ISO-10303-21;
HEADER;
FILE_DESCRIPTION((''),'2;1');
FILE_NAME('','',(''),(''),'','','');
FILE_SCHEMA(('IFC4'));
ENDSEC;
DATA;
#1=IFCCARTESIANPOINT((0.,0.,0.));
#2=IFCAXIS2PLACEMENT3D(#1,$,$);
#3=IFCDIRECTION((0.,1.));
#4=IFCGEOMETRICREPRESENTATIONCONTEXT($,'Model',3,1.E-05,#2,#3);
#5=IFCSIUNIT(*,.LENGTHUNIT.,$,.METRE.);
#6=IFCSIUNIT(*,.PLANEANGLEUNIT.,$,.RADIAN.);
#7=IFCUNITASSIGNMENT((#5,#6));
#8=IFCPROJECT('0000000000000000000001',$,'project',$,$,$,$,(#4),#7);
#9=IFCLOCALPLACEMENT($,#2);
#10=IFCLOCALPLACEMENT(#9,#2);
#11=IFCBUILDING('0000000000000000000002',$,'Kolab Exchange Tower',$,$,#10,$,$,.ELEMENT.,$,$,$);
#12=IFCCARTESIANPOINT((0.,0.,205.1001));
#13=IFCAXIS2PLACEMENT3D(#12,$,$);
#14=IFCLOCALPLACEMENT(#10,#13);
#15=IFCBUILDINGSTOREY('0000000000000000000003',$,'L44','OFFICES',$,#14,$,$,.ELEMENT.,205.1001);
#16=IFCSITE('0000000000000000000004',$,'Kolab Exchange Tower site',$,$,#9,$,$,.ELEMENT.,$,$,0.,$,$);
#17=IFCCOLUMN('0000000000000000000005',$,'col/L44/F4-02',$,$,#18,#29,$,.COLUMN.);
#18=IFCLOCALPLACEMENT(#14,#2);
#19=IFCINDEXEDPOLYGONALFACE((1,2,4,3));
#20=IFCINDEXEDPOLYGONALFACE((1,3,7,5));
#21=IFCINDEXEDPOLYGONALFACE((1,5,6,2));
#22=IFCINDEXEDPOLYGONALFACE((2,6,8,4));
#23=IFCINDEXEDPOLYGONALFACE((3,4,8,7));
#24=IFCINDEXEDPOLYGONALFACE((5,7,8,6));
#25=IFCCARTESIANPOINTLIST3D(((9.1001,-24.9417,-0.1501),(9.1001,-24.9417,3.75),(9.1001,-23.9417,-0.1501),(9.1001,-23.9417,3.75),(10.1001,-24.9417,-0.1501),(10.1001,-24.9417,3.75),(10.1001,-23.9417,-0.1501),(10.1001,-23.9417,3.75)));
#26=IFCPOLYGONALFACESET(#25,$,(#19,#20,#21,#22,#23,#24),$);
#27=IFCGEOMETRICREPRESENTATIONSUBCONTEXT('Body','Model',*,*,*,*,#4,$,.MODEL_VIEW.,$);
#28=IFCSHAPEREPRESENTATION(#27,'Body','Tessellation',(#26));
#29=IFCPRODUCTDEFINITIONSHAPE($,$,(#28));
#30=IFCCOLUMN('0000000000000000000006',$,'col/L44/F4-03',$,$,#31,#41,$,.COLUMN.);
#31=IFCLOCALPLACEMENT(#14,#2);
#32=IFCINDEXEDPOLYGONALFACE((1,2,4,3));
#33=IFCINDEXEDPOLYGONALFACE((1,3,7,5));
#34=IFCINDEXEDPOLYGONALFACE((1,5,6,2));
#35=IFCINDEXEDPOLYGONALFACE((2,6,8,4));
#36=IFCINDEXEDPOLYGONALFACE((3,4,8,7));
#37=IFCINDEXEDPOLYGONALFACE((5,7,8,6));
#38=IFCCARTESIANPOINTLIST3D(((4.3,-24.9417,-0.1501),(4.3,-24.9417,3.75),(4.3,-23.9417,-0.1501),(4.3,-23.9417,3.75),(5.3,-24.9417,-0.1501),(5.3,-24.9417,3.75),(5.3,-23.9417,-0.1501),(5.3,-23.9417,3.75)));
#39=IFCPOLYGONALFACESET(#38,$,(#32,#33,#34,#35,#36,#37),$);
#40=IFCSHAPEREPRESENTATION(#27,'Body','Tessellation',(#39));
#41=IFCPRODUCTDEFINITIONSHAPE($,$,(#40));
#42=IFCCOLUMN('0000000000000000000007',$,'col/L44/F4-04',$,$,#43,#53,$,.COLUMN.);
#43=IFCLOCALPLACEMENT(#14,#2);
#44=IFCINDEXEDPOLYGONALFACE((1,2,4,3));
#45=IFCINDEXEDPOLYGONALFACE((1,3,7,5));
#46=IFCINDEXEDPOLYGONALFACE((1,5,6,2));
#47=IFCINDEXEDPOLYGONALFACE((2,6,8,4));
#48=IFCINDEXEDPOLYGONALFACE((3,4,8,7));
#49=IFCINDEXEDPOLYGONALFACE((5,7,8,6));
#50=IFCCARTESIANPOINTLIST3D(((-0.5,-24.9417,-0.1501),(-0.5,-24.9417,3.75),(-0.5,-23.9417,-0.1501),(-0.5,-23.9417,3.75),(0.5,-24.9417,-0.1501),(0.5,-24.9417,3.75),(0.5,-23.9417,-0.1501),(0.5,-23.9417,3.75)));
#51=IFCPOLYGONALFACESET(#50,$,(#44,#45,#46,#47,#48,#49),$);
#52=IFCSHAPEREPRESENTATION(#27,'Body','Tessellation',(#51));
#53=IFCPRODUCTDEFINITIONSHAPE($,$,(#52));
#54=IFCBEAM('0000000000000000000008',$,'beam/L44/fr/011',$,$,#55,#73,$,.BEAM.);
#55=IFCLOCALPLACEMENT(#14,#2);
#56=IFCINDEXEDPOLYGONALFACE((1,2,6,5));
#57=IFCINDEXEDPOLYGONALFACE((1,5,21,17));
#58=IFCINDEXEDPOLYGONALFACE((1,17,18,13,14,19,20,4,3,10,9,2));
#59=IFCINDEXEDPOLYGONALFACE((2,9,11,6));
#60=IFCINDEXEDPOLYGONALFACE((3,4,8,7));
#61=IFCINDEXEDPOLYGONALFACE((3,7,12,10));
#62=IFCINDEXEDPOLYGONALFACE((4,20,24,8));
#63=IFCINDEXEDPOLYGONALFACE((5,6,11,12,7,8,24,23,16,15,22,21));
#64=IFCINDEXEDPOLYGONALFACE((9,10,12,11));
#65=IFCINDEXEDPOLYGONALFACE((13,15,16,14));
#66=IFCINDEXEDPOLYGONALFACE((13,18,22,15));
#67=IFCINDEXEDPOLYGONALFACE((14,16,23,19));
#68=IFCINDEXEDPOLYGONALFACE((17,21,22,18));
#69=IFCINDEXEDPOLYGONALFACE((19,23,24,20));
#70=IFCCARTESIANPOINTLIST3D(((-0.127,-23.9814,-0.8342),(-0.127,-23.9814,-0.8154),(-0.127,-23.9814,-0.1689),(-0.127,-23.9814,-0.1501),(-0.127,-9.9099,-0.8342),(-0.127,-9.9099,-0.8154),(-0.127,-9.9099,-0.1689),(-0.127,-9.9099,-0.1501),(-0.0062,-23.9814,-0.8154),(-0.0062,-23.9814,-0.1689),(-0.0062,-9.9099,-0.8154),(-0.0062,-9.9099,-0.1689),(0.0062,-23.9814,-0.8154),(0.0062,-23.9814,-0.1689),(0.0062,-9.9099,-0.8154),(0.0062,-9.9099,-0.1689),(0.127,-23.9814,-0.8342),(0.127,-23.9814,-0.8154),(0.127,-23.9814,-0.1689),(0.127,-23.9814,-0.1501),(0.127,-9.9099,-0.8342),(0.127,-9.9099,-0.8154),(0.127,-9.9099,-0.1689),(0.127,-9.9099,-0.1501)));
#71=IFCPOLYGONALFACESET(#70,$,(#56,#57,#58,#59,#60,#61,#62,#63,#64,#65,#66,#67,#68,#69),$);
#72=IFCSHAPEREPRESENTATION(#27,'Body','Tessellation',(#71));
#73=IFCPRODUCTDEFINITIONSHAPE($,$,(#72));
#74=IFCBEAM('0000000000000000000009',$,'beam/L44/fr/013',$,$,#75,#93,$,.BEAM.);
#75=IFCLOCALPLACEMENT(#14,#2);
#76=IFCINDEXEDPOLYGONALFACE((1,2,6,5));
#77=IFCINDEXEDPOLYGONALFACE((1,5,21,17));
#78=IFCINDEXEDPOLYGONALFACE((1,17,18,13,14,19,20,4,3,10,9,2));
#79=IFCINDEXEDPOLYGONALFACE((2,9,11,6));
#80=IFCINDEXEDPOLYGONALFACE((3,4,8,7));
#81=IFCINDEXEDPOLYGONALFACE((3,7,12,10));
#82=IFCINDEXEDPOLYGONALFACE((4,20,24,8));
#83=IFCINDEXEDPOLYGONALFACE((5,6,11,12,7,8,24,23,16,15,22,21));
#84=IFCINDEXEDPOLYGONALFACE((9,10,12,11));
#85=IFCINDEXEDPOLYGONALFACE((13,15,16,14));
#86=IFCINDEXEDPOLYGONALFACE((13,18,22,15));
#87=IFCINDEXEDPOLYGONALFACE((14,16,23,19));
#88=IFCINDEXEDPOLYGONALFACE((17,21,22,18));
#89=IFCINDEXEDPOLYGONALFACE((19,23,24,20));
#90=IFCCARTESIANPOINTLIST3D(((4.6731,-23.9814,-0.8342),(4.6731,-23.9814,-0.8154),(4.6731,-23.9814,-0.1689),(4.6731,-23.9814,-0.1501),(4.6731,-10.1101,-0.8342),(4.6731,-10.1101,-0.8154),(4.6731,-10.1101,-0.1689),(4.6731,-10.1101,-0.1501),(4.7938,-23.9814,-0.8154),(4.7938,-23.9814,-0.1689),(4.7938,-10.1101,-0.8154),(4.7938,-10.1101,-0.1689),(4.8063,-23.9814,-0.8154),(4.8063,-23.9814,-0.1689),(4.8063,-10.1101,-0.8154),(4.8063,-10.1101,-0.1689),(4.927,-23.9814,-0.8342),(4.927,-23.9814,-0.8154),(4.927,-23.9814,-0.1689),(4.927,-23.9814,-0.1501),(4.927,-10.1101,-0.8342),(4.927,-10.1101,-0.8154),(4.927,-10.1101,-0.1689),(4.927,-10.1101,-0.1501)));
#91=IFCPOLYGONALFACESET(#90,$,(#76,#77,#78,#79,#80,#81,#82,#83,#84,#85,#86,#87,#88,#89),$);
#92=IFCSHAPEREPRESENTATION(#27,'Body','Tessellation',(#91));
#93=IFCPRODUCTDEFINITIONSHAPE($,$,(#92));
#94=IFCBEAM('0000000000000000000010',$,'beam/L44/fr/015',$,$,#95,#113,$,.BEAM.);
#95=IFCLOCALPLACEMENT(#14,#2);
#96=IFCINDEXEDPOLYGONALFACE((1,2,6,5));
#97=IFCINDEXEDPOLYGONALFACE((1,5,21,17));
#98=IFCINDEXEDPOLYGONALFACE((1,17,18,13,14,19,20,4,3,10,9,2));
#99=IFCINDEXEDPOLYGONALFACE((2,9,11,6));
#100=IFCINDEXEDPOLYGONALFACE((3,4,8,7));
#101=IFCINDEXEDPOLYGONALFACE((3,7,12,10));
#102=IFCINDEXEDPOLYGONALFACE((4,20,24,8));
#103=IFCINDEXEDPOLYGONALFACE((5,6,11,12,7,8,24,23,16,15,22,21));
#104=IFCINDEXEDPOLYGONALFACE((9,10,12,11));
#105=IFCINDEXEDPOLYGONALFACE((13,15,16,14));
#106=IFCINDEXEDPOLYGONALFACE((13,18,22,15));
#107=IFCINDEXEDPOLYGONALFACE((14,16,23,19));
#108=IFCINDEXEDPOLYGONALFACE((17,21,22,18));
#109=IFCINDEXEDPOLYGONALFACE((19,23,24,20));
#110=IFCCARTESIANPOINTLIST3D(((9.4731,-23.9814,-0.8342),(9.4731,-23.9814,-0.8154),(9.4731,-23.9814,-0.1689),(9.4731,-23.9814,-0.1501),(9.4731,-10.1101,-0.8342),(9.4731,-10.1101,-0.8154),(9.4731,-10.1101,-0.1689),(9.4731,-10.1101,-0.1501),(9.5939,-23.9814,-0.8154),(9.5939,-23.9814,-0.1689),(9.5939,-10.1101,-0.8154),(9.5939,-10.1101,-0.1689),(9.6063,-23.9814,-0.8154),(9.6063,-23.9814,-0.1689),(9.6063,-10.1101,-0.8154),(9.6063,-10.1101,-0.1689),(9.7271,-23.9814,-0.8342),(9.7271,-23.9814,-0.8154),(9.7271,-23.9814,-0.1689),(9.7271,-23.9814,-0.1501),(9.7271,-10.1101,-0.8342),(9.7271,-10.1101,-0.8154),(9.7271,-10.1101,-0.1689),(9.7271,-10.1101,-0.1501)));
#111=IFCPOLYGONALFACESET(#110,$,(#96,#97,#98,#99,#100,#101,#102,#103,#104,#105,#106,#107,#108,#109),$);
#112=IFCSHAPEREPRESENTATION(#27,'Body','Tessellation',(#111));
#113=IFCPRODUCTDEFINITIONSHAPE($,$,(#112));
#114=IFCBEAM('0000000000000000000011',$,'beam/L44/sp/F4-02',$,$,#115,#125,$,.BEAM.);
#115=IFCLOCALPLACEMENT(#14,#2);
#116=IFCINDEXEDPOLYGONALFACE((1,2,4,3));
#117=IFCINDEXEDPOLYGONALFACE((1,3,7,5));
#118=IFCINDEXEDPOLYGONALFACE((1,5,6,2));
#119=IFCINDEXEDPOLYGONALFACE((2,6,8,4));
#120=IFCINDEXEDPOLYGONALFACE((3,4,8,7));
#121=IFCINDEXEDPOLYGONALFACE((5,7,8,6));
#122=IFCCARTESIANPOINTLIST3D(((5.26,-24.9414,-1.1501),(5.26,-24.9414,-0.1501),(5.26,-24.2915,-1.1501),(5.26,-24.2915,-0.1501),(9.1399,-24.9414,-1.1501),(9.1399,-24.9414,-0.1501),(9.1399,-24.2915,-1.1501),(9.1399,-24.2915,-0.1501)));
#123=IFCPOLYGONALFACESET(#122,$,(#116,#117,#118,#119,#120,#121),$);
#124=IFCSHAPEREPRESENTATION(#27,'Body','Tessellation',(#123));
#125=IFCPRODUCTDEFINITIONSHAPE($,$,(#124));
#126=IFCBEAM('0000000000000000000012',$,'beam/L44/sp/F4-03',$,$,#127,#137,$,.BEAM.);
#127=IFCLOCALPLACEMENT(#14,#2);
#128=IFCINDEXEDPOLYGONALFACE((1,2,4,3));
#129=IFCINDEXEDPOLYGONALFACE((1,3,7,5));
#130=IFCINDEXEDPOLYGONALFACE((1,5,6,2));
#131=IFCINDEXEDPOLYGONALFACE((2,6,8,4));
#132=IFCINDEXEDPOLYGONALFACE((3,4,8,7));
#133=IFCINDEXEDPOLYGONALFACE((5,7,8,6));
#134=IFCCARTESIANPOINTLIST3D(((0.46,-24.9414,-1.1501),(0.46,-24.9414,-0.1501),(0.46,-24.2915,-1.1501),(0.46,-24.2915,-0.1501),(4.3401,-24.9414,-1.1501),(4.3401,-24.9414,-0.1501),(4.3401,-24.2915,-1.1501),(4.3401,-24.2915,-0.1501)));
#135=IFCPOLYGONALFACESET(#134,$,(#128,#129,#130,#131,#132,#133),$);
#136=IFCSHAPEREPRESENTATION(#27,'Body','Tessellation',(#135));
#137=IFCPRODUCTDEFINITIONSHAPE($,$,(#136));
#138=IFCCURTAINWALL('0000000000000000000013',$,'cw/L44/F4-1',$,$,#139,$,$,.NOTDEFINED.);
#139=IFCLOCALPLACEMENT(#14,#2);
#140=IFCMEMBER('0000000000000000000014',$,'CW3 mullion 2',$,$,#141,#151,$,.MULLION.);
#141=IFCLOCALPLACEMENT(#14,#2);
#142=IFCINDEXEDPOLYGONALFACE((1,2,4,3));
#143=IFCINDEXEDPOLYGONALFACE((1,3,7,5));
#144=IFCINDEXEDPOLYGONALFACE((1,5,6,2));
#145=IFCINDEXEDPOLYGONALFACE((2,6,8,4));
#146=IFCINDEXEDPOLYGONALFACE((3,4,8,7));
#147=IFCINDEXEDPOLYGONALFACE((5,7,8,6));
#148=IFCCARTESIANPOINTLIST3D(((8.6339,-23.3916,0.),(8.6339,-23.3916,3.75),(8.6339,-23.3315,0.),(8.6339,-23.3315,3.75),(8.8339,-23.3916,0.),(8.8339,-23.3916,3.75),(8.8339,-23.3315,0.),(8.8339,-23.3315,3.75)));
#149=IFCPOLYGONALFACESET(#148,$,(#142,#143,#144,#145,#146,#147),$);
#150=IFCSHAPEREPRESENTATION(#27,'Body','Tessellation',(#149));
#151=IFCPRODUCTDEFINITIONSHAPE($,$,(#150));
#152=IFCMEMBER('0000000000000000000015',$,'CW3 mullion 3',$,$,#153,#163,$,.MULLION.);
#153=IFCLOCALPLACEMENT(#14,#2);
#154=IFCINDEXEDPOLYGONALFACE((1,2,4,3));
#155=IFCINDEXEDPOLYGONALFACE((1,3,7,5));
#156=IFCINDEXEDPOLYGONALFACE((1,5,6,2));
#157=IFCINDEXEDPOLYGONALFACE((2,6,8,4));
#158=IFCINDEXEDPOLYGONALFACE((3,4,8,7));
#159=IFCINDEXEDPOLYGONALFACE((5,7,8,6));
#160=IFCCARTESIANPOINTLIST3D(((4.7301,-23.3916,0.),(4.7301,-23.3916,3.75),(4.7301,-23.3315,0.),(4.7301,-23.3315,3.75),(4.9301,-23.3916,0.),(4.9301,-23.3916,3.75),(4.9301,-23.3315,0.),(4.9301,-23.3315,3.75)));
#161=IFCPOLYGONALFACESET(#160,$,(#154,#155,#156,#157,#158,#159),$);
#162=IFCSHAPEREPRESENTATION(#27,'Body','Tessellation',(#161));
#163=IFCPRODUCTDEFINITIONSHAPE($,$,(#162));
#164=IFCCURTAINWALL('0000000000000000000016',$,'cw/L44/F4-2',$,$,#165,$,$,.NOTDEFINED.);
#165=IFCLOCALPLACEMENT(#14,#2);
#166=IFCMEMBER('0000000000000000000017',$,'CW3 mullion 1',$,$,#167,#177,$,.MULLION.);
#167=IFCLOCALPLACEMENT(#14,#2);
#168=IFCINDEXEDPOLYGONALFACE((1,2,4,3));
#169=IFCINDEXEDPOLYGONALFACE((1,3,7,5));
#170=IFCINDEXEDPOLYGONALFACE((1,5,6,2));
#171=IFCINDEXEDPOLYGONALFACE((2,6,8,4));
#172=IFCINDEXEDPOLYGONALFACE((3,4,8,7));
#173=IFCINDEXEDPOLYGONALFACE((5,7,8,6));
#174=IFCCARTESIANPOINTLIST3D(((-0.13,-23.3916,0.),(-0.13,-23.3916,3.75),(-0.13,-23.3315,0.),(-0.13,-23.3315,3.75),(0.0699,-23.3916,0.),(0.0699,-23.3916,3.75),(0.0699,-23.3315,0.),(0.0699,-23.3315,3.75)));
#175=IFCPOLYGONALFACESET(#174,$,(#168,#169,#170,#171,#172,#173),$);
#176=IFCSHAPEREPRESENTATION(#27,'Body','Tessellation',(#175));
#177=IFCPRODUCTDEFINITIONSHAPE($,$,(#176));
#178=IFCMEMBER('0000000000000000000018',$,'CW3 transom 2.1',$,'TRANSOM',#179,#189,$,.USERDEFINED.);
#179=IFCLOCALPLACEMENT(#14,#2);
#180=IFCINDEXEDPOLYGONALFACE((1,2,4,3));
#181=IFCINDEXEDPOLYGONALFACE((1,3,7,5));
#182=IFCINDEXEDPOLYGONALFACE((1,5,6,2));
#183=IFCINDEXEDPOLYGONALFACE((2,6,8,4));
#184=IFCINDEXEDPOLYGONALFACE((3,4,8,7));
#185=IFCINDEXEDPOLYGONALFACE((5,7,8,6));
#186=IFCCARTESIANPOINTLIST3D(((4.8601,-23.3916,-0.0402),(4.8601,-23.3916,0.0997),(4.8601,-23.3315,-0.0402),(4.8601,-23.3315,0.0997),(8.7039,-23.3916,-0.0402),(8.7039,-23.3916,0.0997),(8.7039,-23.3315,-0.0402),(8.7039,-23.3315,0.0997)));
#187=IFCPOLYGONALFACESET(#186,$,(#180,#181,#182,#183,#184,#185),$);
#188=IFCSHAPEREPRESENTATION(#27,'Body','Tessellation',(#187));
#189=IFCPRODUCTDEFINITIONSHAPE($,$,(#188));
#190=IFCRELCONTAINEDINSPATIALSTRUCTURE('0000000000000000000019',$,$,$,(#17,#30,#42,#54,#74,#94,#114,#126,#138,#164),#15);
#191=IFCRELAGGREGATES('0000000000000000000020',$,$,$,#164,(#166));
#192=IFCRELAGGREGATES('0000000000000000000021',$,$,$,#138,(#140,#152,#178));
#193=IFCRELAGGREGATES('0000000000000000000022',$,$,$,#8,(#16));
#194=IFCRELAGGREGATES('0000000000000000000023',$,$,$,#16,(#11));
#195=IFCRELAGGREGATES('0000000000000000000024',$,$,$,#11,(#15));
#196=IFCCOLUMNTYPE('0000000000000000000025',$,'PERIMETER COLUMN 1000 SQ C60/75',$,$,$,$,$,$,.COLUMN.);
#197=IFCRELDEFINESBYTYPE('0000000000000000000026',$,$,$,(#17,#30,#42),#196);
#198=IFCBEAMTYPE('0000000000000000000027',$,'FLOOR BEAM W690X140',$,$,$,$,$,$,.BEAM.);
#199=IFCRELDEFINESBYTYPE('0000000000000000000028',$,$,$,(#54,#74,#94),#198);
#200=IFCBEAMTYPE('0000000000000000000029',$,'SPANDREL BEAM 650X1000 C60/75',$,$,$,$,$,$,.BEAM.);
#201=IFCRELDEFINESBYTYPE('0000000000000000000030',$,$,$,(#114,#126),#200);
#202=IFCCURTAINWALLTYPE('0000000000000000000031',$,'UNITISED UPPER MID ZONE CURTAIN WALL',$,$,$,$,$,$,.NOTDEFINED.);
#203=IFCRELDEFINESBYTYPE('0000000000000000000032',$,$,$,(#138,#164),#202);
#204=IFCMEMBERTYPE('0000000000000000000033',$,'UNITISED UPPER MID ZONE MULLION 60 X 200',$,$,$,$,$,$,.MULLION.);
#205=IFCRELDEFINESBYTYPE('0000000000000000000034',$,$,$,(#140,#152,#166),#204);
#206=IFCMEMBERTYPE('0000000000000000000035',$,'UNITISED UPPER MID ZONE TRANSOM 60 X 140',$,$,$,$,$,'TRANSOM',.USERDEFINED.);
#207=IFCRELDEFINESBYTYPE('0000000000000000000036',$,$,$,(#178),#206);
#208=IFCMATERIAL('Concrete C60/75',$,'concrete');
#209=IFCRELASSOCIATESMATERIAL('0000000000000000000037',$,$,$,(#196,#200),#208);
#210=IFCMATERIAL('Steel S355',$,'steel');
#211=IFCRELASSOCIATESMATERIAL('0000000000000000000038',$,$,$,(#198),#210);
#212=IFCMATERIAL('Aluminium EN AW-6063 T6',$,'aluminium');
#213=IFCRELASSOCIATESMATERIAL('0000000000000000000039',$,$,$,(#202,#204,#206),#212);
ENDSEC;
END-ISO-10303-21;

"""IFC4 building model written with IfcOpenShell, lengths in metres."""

from ifc_helpers import new_model, si_unit, direction, frame, origin, origin_2d, place, context, subcontext, project, spatial, rectangle, i_section, extrude, material, material_profile, profile_set, type_object, element, aggregate, save


model = new_model("IFC4")

# Units and contexts
model_context = context("Model", 3, precision=1e-05, world=origin(), true_north=direction((0.0, 1.0)))
body_context = subcontext(model_context, "Body", "Model", "MODEL_VIEW")
ifc_project = project(units=[si_unit("LENGTHUNIT", "METRE"), si_unit("PLANEANGLEUNIT", "RADIAN")], contexts=[model_context])

# Site, building, storey
site_placement = place(None, origin())
site = spatial("IfcSite", under=ifc_project, at=site_placement, Name="Kolab Exchange Tower site", CompositionType="ELEMENT", RefElevation=0.0)
building_placement = place(site_placement, origin())
building = spatial("IfcBuilding", under=site, at=building_placement, Name="Kolab Exchange Tower", CompositionType="ELEMENT")
storey_placement = place(building_placement, frame((0.0, 0.0, 205.1001)))
storey = spatial("IfcBuildingStorey", under=building, at=storey_placement, Name="L44", Description="OFFICES", CompositionType="ELEMENT", Elevation=205.1001)

# Columns
ifc_material_1 = material(Name="Concrete C60/75", Category="concrete")
ifc_material_profile_1 = material_profile(ifc_material_1, rectangle(XDim=1.0, YDim=1.0, at=origin_2d()), Name="RC1000")
ifc_profile_set_1 = profile_set([ifc_material_profile_1], Name="Concrete C60/75")
column_type = type_object("IfcColumnType", Name="PERIMETER COLUMN 1000 SQ C60/75", PredefinedType="COLUMN", material=ifc_profile_set_1)
for number, where, z_axis, x_axis, name in (
    (1, (9.6001, -24.4417, -0.1501), (0.0, 0.0, 1.0), (1.0, 0.0, 0.0), "col/L44/F4-02"),
    (2, (4.8, -24.4417, -0.1501), (0.0, 0.0, 1.0), (1.0, 0.0, 0.0), "col/L44/F4-03"),
    (3, (0.0, -24.4417, -0.1501), (0.0, 0.0, 1.0), (1.0, 0.0, 0.0), "col/L44/F4-04"),
):
    element("IfcColumn", number, at=place(storey_placement, frame(where, z_axis=z_axis, x_axis=x_axis)), inside=storey, type_object=column_type, Name=name, PredefinedType="COLUMN", context=body_context, shape_type="SweptSolid", body=[
        extrude(rectangle(XDim=1.0, YDim=1.0, at=origin_2d()), origin(), (0.0, 0.0, 1.0), 3.9001),
    ])

# Beams
ifc_material_2 = material(Name="Steel S355", Category="steel")
ifc_material_profile_2 = material_profile(ifc_material_2, i_section(OverallWidth=0.2539, OverallDepth=0.6841, WebThickness=0.0125, FlangeThickness=0.0188, at=origin_2d()), Name="W690X140")
ifc_profile_set_2 = profile_set([ifc_material_profile_2], Name="Steel S355")
beam_type_1 = type_object("IfcBeamType", Name="FLOOR BEAM W690X140", PredefinedType="BEAM", material=ifc_profile_set_2)
beam_1_placement = place(storey_placement, frame((0.0, -23.9814, -0.4922), z_axis=(0.0, 1.0, 0.0), x_axis=(-1.0, 0.0, 0.0)))
element("IfcBeam", 4, at=beam_1_placement, inside=storey, type_object=beam_type_1, Name="beam/L44/fr/011", PredefinedType="BEAM", context=body_context, shape_type="SweptSolid", body=[
    extrude(i_section(OverallWidth=0.2539, OverallDepth=0.6841, WebThickness=0.0125, FlangeThickness=0.0188, at=origin_2d()), origin(), (0.0, 0.0, 1.0), 14.0715),
])
for number, where, z_axis, x_axis, name in (
    (5, (4.8, -23.9814, -0.4922), (0.0, 1.0, 0.0), (-1.0, 0.0, 0.0), "beam/L44/fr/013"),
    (6, (9.6001, -23.9814, -0.4922), (0.0, 1.0, 0.0), (-1.0, 0.0, 0.0), "beam/L44/fr/015"),
):
    element("IfcBeam", number, at=place(storey_placement, frame(where, z_axis=z_axis, x_axis=x_axis)), inside=storey, type_object=beam_type_1, Name=name, PredefinedType="BEAM", context=body_context, shape_type="SweptSolid", body=[
        extrude(i_section(OverallWidth=0.2539, OverallDepth=0.6841, WebThickness=0.0125, FlangeThickness=0.0188, at=origin_2d()), origin(), (0.0, 0.0, 1.0), 13.8713),
    ])
ifc_material_profile_3 = material_profile(ifc_material_1, rectangle(XDim=0.6499, YDim=1.0, at=origin_2d()), Name="RC650X1000")
ifc_profile_set_3 = profile_set([ifc_material_profile_3], Name="Concrete C60/75")
beam_type_2 = type_object("IfcBeamType", Name="SPANDREL BEAM 650X1000 C60/75", PredefinedType="BEAM", material=ifc_profile_set_3)
beam_2_placement = place(storey_placement, frame((9.1399, -24.6165, -0.6501), z_axis=(-1.0, 0.0, 0.0), x_axis=(0.0, -1.0, 0.0)))
element("IfcBeam", 7, at=beam_2_placement, inside=storey, type_object=beam_type_2, Name="beam/L44/sp/F4-02", PredefinedType="BEAM", context=body_context, shape_type="SweptSolid", body=[
    extrude(rectangle(XDim=0.6499, YDim=1.0, at=origin_2d()), origin(), (0.0, 0.0, 1.0), 3.8799),
])
beam_3_placement = place(storey_placement, frame((4.3401, -24.6165, -0.6501), z_axis=(-1.0, 0.0, 0.0), x_axis=(0.0, -1.0, 0.0)))
element("IfcBeam", 8, at=beam_3_placement, inside=storey, type_object=beam_type_2, Name="beam/L44/sp/F4-03", PredefinedType="BEAM", context=body_context, shape_type="SweptSolid", body=[
    extrude(rectangle(XDim=0.6499, YDim=1.0, at=origin_2d()), origin(), (0.0, 0.0, 1.0), 3.8801),
])

# Curtain wall, members
ifc_material_3 = material(Name="Aluminium EN AW-6063 T6", Category="aluminium")
curtain_wall_type = type_object("IfcCurtainWallType", Name="UNITISED UPPER MID ZONE CURTAIN WALL", PredefinedType="NOTDEFINED", material=ifc_material_3)
curtain_wall_1_placement = place(storey_placement, origin())
curtain_wall_1 = element("IfcCurtainWall", 9, at=curtain_wall_1_placement, inside=storey, type_object=curtain_wall_type, Name="cw/L44/F4-1", PredefinedType="NOTDEFINED")
ifc_material_profile_4 = material_profile(ifc_material_3, rectangle(XDim=0.0601, YDim=0.2, at=origin_2d()), Name="RECT 60X200")
ifc_profile_set_4 = profile_set([ifc_material_profile_4], Name="Aluminium EN AW-6063 T6")
member_type_1 = type_object("IfcMemberType", Name="UNITISED UPPER MID ZONE MULLION 60 X 200", PredefinedType="MULLION", material=ifc_profile_set_4)
member_1_placement = place(storey_placement, frame((8.7339, -23.3616, 0.0), z_axis=(0.0, 0.0, 1.0), x_axis=(0.0, -1.0, 0.0)))
member_1 = element("IfcMember", 10, at=member_1_placement, type_object=member_type_1, Name="CW3 mullion 2", PredefinedType="MULLION", context=body_context, shape_type="SweptSolid", body=[
    extrude(rectangle(XDim=0.0601, YDim=0.2, at=origin_2d()), origin(), (0.0, 0.0, 1.0), 3.75),
])
member_2_placement = place(storey_placement, frame((4.8301, -23.3616, 0.0), z_axis=(0.0, 0.0, 1.0), x_axis=(0.0, -1.0, 0.0)))
member_2 = element("IfcMember", 11, at=member_2_placement, type_object=member_type_1, Name="CW3 mullion 3", PredefinedType="MULLION", context=body_context, shape_type="SweptSolid", body=[
    extrude(rectangle(XDim=0.0601, YDim=0.2, at=origin_2d()), origin(), (0.0, 0.0, 1.0), 3.75),
])

# Curtain wall, member
curtain_wall_2_placement = place(storey_placement, origin())
curtain_wall_2 = element("IfcCurtainWall", 12, at=curtain_wall_2_placement, inside=storey, type_object=curtain_wall_type, Name="cw/L44/F4-2", PredefinedType="NOTDEFINED")
member_3_placement = place(storey_placement, frame((-0.03, -23.3616, 0.0), z_axis=(0.0, 0.0, 1.0), x_axis=(0.0, -1.0, 0.0)))
member_3 = element("IfcMember", 13, at=member_3_placement, type_object=member_type_1, Name="CW3 mullion 1", PredefinedType="MULLION", context=body_context, shape_type="SweptSolid", body=[
    extrude(rectangle(XDim=0.0601, YDim=0.2, at=origin_2d()), origin(), (0.0, 0.0, 1.0), 3.75),
])

# Member
ifc_material_profile_5 = material_profile(ifc_material_3, rectangle(XDim=0.0601, YDim=0.1399, at=origin_2d()), Name="RECT 60X140")
ifc_profile_set_5 = profile_set([ifc_material_profile_5], Name="Aluminium EN AW-6063 T6")
member_type_2 = type_object("IfcMemberType", Name="UNITISED UPPER MID ZONE TRANSOM 60 X 140", ElementType="TRANSOM", PredefinedType="USERDEFINED", material=ifc_profile_set_5)
member_4_placement = place(storey_placement, frame((8.7039, -23.3616, 0.0298), z_axis=(-1.0, 0.0, 0.0), x_axis=(0.0, -1.0, 0.0)))
member_4 = element("IfcMember", 14, at=member_4_placement, type_object=member_type_2, Name="CW3 transom 2.1", ObjectType="TRANSOM", PredefinedType="USERDEFINED", context=body_context, shape_type="SweptSolid", body=[
    extrude(rectangle(XDim=0.0601, YDim=0.1399, at=origin_2d()), origin(), (0.0, 0.0, 1.0), 3.8438),
])
aggregate(curtain_wall_2, [member_3])

aggregate(curtain_wall_1, [member_1, member_2, member_4])

save(model, "model.ifc")
